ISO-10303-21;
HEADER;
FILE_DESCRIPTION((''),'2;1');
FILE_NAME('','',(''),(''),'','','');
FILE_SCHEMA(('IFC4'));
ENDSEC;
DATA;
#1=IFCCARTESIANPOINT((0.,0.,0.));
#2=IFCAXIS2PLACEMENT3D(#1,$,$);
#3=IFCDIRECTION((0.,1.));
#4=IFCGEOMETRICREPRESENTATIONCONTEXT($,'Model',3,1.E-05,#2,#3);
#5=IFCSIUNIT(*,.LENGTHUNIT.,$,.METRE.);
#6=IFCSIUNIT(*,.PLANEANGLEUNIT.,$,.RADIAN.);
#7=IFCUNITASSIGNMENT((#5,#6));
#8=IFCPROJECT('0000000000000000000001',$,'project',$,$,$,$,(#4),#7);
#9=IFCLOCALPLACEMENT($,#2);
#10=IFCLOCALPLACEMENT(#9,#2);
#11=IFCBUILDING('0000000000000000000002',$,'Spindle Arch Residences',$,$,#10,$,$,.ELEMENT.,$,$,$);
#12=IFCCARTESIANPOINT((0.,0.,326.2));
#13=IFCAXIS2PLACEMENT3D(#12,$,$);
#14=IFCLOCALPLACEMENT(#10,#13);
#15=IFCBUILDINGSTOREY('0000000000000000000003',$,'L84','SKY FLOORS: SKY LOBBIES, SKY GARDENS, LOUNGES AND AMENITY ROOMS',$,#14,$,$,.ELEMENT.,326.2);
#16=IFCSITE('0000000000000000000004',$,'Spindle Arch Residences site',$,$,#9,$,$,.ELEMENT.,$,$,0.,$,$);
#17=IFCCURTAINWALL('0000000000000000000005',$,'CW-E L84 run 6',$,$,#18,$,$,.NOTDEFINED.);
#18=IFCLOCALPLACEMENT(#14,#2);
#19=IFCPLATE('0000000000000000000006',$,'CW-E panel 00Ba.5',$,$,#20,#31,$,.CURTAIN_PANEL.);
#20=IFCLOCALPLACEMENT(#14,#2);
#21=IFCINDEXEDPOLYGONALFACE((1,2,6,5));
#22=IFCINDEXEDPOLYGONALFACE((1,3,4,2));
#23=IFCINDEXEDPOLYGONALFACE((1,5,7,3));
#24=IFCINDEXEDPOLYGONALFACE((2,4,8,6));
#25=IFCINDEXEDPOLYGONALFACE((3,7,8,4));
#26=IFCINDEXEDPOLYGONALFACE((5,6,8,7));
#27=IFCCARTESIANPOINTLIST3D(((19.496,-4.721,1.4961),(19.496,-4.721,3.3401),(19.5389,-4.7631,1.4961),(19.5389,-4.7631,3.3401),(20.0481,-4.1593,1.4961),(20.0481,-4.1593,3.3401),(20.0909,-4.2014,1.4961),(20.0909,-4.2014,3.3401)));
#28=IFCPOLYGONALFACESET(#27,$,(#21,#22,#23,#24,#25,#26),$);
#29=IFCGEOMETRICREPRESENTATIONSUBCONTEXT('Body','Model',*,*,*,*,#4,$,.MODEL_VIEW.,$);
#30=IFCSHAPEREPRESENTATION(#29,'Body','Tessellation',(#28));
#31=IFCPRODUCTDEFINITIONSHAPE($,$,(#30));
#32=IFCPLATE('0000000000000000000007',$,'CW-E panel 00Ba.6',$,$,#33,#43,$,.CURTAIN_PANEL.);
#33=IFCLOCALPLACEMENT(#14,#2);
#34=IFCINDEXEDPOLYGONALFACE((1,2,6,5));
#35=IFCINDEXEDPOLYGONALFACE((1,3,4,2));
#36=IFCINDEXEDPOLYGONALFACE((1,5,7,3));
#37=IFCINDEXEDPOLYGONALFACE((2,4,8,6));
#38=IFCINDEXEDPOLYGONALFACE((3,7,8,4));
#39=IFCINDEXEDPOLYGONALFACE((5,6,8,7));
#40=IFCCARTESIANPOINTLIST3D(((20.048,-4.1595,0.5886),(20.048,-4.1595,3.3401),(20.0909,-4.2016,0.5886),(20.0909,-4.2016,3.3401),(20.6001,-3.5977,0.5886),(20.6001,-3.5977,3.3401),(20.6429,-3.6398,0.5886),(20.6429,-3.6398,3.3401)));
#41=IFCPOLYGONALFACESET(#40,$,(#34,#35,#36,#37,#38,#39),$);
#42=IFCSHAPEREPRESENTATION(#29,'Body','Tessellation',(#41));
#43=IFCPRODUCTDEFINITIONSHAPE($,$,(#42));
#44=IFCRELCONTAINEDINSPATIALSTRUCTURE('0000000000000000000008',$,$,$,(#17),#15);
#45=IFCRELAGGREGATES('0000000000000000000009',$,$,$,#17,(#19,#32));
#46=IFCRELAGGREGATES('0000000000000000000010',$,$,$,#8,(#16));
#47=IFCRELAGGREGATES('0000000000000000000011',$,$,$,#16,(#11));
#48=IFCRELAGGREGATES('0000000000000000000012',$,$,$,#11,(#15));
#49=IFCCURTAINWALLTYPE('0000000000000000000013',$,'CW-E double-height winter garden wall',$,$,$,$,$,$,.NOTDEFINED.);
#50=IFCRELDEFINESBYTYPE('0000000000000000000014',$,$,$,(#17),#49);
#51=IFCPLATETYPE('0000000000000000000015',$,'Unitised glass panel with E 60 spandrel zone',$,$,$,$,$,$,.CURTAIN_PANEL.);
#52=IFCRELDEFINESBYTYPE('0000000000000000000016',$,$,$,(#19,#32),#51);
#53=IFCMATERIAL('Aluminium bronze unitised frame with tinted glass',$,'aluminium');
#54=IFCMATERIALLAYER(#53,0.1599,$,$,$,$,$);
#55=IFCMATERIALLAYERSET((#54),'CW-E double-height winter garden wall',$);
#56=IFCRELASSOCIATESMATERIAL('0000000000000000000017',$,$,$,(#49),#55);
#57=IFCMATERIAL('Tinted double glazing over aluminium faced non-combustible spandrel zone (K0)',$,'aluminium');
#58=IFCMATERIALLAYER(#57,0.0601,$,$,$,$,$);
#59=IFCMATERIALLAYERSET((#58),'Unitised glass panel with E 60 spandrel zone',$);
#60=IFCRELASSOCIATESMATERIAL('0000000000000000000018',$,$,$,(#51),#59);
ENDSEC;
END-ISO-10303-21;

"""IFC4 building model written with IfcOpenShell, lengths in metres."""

from ifc_helpers import new_model, si_unit, direction, frame, origin, origin_2d, place, context, subcontext, project, spatial, rectangle, extrude, material, layer, layer_set, type_object, element, aggregate, save


model = new_model("IFC4")

# Units and contexts
model_context = context("Model", 3, precision=1e-05, world=origin(), true_north=direction((0.0, 1.0)))
body_context = subcontext(model_context, "Body", "Model", "MODEL_VIEW")
ifc_project = project(units=[si_unit("LENGTHUNIT", "METRE"), si_unit("PLANEANGLEUNIT", "RADIAN")], contexts=[model_context])

# Site, building, storey
site_placement = place(None, origin())
site = spatial("IfcSite", under=ifc_project, at=site_placement, Name="Spindle Arch Residences site", CompositionType="ELEMENT", RefElevation=0.0)
building_placement = place(site_placement, origin())
building = spatial("IfcBuilding", under=site, at=building_placement, Name="Spindle Arch Residences", CompositionType="ELEMENT")
storey_placement = place(building_placement, frame((0.0, 0.0, 326.2)))
storey = spatial("IfcBuildingStorey", under=building, at=storey_placement, Name="L84", Description="SKY FLOORS: SKY LOBBIES, SKY GARDENS, LOUNGES AND AMENITY ROOMS", CompositionType="ELEMENT", Elevation=326.2)

# Shared definitions
ifc_material_1 = material(Name="Aluminium bronze unitised frame with tinted glass", Category="aluminium")
ifc_layer_1 = layer(ifc_material_1, 0.1599)
ifc_layer_set_1 = layer_set([ifc_layer_1], Name="CW-E double-height winter garden wall")
curtain_wall_type = type_object("IfcCurtainWallType", Name="CW-E double-height winter garden wall", PredefinedType="NOTDEFINED", material=ifc_layer_set_1)

# Curtain wall
curtain_wall_1_placement = place(storey_placement, origin())
curtain_wall_1 = element("IfcCurtainWall", 1, at=curtain_wall_1_placement, inside=storey, type_object=curtain_wall_type, Name="CW-E L84 run 6", PredefinedType="NOTDEFINED")

# Plates
ifc_material_2 = material(Name="Tinted double glazing over aluminium faced non-combustible spandrel zone (K0)", Category="aluminium")
ifc_layer_2 = layer(ifc_material_2, 0.0601)
ifc_layer_set_2 = layer_set([ifc_layer_2], Name="Unitised glass panel with E 60 spandrel zone")
plate_type_1 = type_object("IfcPlateType", Name="Unitised glass panel with E 60 spandrel zone", PredefinedType="CURTAIN_PANEL", material=ifc_layer_set_2)
plate_1_placement = place(storey_placement, frame((19.7935, -4.4612, 1.4961), z_axis=(0.0, 0.0, 1.0), x_axis=(0.700909, 0.71325, 0.0)))
plate_1 = element("IfcPlate", 2, at=plate_1_placement, type_object=plate_type_1, Name="CW-E panel 00Ba.5", PredefinedType="CURTAIN_PANEL", context=body_context, shape_type="SweptSolid", body=[
    extrude(rectangle(XDim=0.7876, YDim=0.0601, at=origin_2d()), origin(), (0.0, 0.0, 1.0), 1.844),
])
plate_2_placement = place(storey_placement, frame((20.3455, -3.8997, 0.5886), z_axis=(0.0, 0.0, 1.0), x_axis=(0.700909, 0.71325, 0.0)))
plate_2 = element("IfcPlate", 3, at=plate_2_placement, type_object=plate_type_1, Name="CW-E panel 00Ba.6", PredefinedType="CURTAIN_PANEL", context=body_context, shape_type="SweptSolid", body=[
    extrude(rectangle(XDim=0.7876, YDim=0.0601, at=origin_2d()), origin(), (0.0, 0.0, 1.0), 2.7515),
])
aggregate(curtain_wall_1, [plate_1, plate_2])

save(model, "model.ifc")
